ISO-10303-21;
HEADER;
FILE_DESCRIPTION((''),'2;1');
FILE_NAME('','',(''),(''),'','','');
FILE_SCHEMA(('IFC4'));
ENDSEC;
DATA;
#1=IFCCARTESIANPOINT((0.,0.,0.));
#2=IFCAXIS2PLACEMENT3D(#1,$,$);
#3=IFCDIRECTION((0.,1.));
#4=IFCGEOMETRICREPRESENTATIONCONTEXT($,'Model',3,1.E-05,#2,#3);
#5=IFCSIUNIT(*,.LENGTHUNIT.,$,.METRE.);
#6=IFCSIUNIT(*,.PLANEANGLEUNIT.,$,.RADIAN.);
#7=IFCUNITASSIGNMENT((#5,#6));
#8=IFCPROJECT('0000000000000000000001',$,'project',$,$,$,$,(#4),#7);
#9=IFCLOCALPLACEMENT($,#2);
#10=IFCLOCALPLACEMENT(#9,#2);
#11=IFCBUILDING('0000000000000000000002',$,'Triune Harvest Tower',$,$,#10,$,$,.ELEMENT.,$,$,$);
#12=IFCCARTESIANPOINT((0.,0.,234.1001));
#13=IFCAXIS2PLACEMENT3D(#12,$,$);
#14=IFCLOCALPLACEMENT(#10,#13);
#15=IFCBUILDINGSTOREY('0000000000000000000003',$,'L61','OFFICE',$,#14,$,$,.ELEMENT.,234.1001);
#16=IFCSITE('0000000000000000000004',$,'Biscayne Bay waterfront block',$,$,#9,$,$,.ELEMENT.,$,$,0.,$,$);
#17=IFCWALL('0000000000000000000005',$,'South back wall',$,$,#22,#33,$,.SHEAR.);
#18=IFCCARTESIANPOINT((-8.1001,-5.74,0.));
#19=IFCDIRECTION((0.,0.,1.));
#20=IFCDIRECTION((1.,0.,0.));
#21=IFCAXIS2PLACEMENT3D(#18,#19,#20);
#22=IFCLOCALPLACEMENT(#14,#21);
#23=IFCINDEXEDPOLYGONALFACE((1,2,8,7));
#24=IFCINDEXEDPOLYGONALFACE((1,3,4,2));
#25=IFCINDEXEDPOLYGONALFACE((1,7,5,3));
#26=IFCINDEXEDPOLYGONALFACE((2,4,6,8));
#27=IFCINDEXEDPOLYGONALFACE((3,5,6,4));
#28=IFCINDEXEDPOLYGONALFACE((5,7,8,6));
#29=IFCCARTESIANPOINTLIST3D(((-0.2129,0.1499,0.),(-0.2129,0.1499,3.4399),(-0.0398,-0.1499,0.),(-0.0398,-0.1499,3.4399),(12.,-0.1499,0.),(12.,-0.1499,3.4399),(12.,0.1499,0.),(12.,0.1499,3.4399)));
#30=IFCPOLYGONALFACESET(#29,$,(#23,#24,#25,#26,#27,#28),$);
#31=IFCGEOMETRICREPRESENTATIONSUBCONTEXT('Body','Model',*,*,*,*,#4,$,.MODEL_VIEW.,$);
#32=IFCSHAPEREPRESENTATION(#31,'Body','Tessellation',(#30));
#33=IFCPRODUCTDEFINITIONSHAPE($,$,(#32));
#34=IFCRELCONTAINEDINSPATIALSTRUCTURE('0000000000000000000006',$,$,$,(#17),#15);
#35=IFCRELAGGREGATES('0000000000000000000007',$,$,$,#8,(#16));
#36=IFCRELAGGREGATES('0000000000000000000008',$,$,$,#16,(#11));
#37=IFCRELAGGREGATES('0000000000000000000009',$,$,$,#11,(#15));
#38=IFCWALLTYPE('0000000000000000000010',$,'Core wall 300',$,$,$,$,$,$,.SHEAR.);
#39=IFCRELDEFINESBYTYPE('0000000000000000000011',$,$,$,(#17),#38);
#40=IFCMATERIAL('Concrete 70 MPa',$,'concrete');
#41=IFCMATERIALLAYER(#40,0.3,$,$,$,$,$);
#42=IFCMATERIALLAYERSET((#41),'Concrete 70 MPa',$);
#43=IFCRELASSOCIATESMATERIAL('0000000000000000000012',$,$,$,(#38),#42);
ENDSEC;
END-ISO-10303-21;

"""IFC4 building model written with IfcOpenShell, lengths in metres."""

from ifc_helpers import new_model, si_unit, direction, frame, origin, place, context, subcontext, project, spatial, polyline, outline, extrude, source, transform, mapped, material, layer, layer_set, type_object, element, save


model = new_model("IFC4")

# Units and contexts
model_context = context("Model", 3, precision=1e-05, world=origin(), true_north=direction((0.0, 1.0)))
body_context = subcontext(model_context, "Body", "Model", "MODEL_VIEW")
ifc_project = project(units=[si_unit("LENGTHUNIT", "METRE"), si_unit("PLANEANGLEUNIT", "RADIAN")], contexts=[model_context])

# Site, building, storey
site_placement = place(None, origin())
site = spatial("IfcSite", under=ifc_project, at=site_placement, Name="Biscayne Bay waterfront block", CompositionType="ELEMENT", RefElevation=0.0)
building_placement = place(site_placement, origin())
building = spatial("IfcBuilding", under=site, at=building_placement, Name="Triune Harvest Tower", CompositionType="ELEMENT")
storey_placement = place(building_placement, frame((0.0, 0.0, 234.1001)))
storey = spatial("IfcBuildingStorey", under=building, at=storey_placement, Name="L61", Description="OFFICE", CompositionType="ELEMENT", Elevation=234.1001)

# Shared definitions
ifc_material_1 = material(Name="Concrete 70 MPa", Category="concrete")
ifc_layer_1 = layer(ifc_material_1, 0.3)
ifc_layer_set_1 = layer_set([ifc_layer_1], Name="Concrete 70 MPa")
wall_type_1 = type_object("IfcWallType", Name="Core wall 300", PredefinedType="SHEAR", material=ifc_layer_set_1)

# Wall
shared_shape_1 = source(origin(), body_context, "Body", "SweptSolid", [
    extrude(outline(polyline([(12.0, -0.1499), (-0.0398, -0.1499), (-0.2129, 0.1499), (12.0, 0.1499), (12.0, -0.1499)])), origin(), (0.0, 0.0, 1.0), 3.4399),
])
wall_1_placement = place(storey_placement, frame((-8.1001, -5.74, 0.0), z_axis=(0.0, 0.0, 1.0), x_axis=(1.0, 0.0, 0.0)))
element("IfcWall", 1, at=wall_1_placement, inside=storey, type_object=wall_type_1, Name="South back wall", PredefinedType="SHEAR", context=body_context, shape_type="MappedRepresentation", body=[
    mapped(shared_shape_1, transform((0.0, 0.0, 0.0), scale=1.0)),
])

save(model, "model.ifc")
